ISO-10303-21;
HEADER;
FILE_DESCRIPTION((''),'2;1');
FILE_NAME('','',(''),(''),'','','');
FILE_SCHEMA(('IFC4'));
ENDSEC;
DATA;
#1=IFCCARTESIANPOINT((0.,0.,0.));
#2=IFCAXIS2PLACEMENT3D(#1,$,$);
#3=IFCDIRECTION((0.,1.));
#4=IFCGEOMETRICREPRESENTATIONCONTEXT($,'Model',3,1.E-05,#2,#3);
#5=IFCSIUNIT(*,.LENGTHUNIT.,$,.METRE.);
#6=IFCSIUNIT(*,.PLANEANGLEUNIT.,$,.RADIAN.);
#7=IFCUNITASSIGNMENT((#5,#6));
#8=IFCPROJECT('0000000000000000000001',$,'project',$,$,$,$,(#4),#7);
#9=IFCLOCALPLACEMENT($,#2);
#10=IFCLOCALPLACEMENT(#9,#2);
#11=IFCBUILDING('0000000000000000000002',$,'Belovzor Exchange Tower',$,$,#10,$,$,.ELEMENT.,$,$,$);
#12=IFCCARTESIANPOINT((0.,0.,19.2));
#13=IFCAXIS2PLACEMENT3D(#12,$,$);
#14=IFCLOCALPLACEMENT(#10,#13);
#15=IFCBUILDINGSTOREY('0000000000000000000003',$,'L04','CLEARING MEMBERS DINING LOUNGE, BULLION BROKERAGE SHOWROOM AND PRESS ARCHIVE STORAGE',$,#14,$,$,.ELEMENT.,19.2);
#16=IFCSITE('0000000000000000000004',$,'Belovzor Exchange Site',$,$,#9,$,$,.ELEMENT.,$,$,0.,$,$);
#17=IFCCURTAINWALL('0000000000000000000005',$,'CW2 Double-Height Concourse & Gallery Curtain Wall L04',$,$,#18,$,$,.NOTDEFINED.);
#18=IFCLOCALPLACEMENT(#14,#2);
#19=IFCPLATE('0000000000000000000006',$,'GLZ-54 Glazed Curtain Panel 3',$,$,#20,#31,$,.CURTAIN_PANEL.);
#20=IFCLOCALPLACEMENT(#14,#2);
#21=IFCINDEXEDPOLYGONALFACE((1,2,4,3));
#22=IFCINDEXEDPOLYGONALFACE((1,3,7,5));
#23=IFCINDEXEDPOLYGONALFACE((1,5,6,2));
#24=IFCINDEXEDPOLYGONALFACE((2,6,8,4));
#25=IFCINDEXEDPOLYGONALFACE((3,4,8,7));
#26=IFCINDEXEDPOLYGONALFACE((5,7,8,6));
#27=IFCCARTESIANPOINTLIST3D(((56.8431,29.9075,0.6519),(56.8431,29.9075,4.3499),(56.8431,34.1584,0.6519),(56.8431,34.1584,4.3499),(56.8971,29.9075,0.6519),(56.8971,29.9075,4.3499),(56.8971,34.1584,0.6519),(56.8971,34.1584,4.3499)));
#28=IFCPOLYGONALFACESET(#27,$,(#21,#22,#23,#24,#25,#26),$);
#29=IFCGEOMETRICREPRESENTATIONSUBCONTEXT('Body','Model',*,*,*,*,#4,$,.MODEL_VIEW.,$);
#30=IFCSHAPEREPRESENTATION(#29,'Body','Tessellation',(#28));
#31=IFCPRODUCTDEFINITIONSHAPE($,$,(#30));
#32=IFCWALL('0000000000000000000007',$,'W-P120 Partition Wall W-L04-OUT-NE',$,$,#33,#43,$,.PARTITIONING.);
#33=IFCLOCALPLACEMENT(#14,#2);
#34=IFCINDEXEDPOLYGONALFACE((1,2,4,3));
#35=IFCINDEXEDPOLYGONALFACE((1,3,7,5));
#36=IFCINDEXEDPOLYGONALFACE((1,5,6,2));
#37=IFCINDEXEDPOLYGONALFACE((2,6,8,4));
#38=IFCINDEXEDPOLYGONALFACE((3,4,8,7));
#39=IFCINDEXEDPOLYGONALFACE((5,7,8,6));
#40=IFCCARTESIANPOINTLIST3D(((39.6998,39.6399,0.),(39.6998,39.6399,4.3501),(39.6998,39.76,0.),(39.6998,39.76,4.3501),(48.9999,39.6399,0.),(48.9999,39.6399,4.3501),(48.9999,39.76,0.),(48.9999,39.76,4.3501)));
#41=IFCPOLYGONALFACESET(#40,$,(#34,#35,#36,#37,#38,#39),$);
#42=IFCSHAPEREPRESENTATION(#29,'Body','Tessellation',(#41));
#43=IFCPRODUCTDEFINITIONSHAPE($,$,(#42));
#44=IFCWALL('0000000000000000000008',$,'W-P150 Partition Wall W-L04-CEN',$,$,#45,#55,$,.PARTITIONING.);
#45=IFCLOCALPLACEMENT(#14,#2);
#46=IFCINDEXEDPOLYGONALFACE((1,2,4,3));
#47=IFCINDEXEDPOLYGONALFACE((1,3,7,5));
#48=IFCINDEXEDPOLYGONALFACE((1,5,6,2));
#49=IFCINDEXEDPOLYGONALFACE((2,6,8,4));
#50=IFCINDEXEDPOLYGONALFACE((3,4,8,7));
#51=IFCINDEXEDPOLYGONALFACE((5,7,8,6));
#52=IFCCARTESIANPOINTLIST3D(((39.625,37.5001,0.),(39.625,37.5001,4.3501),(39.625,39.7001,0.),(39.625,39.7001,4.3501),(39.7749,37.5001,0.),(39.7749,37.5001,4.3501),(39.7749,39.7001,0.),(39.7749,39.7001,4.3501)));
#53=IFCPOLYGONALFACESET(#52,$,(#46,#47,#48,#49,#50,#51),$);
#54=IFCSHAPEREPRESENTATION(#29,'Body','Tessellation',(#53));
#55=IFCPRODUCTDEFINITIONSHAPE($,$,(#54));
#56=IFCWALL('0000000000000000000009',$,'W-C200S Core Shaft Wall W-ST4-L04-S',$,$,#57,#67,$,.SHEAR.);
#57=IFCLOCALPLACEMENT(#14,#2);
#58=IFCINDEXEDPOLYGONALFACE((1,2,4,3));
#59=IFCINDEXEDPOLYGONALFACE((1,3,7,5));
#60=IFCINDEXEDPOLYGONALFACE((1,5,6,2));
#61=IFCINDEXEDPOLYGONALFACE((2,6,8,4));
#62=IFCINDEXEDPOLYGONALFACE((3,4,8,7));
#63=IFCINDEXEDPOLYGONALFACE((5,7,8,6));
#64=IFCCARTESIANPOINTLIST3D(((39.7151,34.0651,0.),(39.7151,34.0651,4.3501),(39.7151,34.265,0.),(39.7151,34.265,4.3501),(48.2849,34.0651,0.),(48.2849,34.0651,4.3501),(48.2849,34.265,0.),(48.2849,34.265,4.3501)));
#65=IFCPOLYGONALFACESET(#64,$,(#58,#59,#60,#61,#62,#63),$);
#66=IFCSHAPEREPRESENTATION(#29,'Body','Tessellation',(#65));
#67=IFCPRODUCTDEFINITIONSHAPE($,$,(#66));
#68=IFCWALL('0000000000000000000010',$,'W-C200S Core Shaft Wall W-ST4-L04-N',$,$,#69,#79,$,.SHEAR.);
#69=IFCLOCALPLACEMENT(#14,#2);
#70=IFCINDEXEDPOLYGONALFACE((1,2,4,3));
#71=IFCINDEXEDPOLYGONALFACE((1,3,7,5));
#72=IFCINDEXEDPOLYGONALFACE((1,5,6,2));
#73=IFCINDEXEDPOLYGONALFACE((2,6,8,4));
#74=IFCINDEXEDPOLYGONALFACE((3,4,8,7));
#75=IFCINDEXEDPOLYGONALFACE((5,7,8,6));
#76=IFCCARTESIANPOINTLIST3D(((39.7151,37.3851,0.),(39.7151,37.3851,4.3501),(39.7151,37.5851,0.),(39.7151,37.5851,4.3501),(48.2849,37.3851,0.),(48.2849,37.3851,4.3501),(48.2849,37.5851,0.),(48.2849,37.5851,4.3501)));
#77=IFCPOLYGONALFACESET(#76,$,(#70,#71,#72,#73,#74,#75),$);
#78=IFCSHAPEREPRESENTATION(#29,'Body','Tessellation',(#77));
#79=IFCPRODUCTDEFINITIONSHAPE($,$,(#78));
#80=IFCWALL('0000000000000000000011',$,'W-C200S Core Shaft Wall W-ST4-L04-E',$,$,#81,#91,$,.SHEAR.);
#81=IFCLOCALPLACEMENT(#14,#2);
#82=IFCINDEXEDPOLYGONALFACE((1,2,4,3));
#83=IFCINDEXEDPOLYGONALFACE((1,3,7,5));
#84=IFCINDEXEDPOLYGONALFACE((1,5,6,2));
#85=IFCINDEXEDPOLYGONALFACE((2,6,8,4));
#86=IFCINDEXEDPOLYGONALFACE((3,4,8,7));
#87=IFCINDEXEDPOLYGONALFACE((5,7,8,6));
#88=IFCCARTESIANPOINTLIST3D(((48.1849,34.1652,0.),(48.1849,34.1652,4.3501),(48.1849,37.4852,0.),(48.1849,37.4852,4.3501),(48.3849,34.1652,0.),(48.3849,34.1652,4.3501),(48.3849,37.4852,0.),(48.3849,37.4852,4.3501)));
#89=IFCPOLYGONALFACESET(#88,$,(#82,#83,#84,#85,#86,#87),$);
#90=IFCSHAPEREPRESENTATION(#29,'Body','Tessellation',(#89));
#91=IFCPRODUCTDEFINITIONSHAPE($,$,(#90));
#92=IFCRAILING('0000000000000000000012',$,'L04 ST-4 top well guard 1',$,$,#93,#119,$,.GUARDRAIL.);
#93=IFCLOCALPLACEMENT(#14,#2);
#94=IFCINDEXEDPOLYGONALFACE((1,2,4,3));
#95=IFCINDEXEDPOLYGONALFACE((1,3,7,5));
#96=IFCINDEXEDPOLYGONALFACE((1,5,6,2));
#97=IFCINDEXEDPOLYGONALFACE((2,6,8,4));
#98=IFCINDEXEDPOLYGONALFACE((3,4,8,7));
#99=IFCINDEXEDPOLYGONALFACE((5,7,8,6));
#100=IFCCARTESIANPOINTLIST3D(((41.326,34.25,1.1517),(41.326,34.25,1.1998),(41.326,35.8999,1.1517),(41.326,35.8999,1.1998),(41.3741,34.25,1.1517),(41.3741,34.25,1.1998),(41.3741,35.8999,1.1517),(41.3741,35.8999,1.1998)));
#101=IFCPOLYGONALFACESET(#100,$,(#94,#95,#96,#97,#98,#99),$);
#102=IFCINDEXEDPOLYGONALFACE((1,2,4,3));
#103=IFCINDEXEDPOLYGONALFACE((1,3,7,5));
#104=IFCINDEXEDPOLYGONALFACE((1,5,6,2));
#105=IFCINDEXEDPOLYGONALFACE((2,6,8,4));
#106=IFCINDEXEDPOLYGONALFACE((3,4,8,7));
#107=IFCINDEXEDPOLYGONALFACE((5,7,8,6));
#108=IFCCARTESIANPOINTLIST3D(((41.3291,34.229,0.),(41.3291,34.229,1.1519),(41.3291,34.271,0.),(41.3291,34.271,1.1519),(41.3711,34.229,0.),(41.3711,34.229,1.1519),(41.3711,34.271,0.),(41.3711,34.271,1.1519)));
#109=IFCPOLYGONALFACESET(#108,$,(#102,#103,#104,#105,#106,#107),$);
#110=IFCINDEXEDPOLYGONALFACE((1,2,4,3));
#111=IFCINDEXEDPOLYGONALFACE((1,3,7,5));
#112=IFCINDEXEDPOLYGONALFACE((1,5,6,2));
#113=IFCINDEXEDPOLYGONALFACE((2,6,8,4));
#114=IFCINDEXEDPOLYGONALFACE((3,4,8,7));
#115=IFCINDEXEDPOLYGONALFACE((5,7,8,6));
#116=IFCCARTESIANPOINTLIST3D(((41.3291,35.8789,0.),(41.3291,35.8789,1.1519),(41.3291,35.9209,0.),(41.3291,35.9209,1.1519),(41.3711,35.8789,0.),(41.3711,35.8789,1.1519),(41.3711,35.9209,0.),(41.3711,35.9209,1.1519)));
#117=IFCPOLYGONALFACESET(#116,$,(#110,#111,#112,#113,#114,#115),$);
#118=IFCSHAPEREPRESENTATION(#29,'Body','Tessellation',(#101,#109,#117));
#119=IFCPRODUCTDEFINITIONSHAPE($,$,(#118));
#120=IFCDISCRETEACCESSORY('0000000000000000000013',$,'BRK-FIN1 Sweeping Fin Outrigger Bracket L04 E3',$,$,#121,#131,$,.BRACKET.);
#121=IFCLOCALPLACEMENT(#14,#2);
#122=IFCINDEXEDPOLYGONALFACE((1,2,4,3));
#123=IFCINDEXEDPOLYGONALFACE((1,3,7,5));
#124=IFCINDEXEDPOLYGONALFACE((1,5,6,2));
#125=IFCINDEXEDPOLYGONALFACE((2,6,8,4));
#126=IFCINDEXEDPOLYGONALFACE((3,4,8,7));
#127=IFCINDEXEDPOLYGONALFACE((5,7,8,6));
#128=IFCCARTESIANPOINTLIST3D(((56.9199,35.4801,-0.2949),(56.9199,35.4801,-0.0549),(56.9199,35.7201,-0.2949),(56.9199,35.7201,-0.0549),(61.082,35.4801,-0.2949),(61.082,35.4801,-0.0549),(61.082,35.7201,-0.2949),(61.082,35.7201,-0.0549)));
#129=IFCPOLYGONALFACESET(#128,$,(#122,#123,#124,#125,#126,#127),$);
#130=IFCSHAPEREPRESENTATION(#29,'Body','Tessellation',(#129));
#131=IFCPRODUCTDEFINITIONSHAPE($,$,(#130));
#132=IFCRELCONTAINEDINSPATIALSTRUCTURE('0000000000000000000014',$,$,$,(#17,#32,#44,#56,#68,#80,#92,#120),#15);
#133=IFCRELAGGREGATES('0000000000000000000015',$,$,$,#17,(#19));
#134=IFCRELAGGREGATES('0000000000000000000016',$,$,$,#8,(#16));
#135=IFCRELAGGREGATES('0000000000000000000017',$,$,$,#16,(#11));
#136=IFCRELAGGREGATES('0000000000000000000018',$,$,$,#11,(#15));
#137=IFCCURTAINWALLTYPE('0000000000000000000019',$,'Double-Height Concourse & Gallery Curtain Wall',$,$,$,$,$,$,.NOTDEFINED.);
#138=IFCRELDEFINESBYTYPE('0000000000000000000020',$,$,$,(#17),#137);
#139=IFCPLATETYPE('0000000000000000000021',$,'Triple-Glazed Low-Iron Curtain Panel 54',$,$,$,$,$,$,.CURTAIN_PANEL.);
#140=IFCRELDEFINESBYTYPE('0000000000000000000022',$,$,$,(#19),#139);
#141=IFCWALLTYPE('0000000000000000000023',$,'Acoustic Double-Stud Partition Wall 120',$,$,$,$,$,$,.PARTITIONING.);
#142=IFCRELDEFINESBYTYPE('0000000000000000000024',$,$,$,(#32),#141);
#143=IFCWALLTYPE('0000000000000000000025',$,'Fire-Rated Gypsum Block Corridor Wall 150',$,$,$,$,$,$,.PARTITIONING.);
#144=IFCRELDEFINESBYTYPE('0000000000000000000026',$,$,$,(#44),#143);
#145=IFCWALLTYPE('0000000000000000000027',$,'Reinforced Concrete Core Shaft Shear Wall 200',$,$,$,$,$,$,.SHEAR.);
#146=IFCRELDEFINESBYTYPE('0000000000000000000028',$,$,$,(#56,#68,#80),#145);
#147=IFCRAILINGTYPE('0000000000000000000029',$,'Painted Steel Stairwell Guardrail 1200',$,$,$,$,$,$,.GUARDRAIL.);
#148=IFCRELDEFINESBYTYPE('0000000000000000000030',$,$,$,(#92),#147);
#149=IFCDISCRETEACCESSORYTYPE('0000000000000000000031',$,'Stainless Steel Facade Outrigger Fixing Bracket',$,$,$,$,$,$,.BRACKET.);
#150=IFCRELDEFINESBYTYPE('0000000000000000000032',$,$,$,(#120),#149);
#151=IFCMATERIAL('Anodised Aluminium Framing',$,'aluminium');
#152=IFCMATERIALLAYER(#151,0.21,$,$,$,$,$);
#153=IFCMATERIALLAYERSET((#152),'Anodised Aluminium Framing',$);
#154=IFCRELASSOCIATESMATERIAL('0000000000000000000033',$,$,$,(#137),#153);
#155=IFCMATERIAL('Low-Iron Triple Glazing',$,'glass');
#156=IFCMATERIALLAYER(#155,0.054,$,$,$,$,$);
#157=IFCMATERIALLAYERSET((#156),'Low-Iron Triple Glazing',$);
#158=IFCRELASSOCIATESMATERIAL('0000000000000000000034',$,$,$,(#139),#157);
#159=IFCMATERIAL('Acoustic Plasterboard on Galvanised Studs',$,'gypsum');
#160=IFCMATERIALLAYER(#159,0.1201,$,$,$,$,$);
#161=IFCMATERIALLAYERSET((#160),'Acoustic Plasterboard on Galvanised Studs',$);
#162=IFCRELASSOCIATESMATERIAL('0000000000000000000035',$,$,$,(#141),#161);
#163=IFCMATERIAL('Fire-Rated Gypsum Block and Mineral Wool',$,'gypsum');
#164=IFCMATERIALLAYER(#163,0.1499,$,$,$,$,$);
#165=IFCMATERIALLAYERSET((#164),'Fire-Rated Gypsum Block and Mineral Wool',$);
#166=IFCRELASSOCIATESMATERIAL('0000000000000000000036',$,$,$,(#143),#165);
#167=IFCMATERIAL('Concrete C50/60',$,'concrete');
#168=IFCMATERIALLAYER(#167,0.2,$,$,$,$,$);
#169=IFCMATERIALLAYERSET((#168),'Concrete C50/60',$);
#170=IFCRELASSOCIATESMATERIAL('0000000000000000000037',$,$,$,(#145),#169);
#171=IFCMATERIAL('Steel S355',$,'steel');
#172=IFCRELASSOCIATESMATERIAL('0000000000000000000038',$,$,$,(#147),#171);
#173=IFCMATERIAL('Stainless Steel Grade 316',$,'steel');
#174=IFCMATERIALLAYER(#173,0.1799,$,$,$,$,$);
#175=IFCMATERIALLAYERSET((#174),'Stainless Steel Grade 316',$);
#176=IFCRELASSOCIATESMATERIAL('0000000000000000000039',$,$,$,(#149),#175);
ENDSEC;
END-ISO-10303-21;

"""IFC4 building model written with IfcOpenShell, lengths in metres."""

from ifc_helpers import new_model, si_unit, direction, frame, frame_2d, origin, origin_2d, place, context, subcontext, project, spatial, rectangle, extrude, material, layer, layer_set, type_object, element, aggregate, save


model = new_model("IFC4")

# Units and contexts
model_context = context("Model", 3, precision=1e-05, world=origin(), true_north=direction((0.0, 1.0)))
body_context = subcontext(model_context, "Body", "Model", "MODEL_VIEW")
ifc_project = project(units=[si_unit("LENGTHUNIT", "METRE"), si_unit("PLANEANGLEUNIT", "RADIAN")], contexts=[model_context])

# Site, building, storey
site_placement = place(None, origin())
site = spatial("IfcSite", under=ifc_project, at=site_placement, Name="Belovzor Exchange Site", CompositionType="ELEMENT", RefElevation=0.0)
building_placement = place(site_placement, origin())
building = spatial("IfcBuilding", under=site, at=building_placement, Name="Belovzor Exchange Tower", CompositionType="ELEMENT")
storey_placement = place(building_placement, frame((0.0, 0.0, 19.2)))
storey = spatial("IfcBuildingStorey", under=building, at=storey_placement, Name="L04", Description="CLEARING MEMBERS DINING LOUNGE, BULLION BROKERAGE SHOWROOM AND PRESS ARCHIVE STORAGE", CompositionType="ELEMENT", Elevation=19.2)

# Curtain wall
ifc_material_1 = material(Name="Anodised Aluminium Framing", Category="aluminium")
ifc_layer_1 = layer(ifc_material_1, 0.21)
ifc_layer_set_1 = layer_set([ifc_layer_1], Name="Anodised Aluminium Framing")
curtain_wall_type = type_object("IfcCurtainWallType", Name="Double-Height Concourse & Gallery Curtain Wall", PredefinedType="NOTDEFINED", material=ifc_layer_set_1)
curtain_wall_placement = place(storey_placement, origin())
curtain_wall = element("IfcCurtainWall", 1, at=curtain_wall_placement, inside=storey, type_object=curtain_wall_type, Name="CW2 Double-Height Concourse & Gallery Curtain Wall L04", PredefinedType="NOTDEFINED")

# Plate
ifc_material_2 = material(Name="Low-Iron Triple Glazing", Category="glass")
ifc_layer_2 = layer(ifc_material_2, 0.054)
ifc_layer_set_2 = layer_set([ifc_layer_2], Name="Low-Iron Triple Glazing")
plate_type_1 = type_object("IfcPlateType", Name="Triple-Glazed Low-Iron Curtain Panel 54", PredefinedType="CURTAIN_PANEL", material=ifc_layer_set_2)
plate_1_placement = place(storey_placement, frame((56.8701, 32.033, 0.6519), z_axis=(0.0, 0.0, 1.0), x_axis=(0.0, -1.0, 0.0)))
plate_1 = element("IfcPlate", 2, at=plate_1_placement, type_object=plate_type_1, Name="GLZ-54 Glazed Curtain Panel 3", PredefinedType="CURTAIN_PANEL", context=body_context, shape_type="SweptSolid", body=[
    extrude(rectangle(XDim=4.251, YDim=0.054, at=origin_2d()), origin(), (0.0, 0.0, 1.0), 3.698),
])
aggregate(curtain_wall, [plate_1])

# Walls
ifc_material_3 = material(Name="Acoustic Plasterboard on Galvanised Studs", Category="gypsum")
ifc_layer_3 = layer(ifc_material_3, 0.1201)
ifc_layer_set_3 = layer_set([ifc_layer_3], Name="Acoustic Plasterboard on Galvanised Studs")
wall_type_1 = type_object("IfcWallType", Name="Acoustic Double-Stud Partition Wall 120", PredefinedType="PARTITIONING", material=ifc_layer_set_3)
wall_1_placement = place(storey_placement, frame((39.7, 39.7, 0.0), z_axis=(0.0, 0.0, 1.0), x_axis=(1.0, 0.0, 0.0)))
element("IfcWall", 3, at=wall_1_placement, inside=storey, type_object=wall_type_1, Name="W-P120 Partition Wall W-L04-OUT-NE", PredefinedType="PARTITIONING", context=body_context, shape_type="SweptSolid", body=[
    extrude(rectangle(XDim=9.3, YDim=0.1201, at=frame_2d((4.6499, 0.0))), origin(), (0.0, 0.0, 1.0), 4.3501),
])
ifc_material_4 = material(Name="Fire-Rated Gypsum Block and Mineral Wool", Category="gypsum")
ifc_layer_4 = layer(ifc_material_4, 0.1499)
ifc_layer_set_4 = layer_set([ifc_layer_4], Name="Fire-Rated Gypsum Block and Mineral Wool")
wall_type_2 = type_object("IfcWallType", Name="Fire-Rated Gypsum Block Corridor Wall 150", PredefinedType="PARTITIONING", material=ifc_layer_set_4)
wall_2_placement = place(storey_placement, frame((39.7, 37.5, 0.0), z_axis=(0.0, 0.0, 1.0), x_axis=(0.0, 1.0, 0.0)))
element("IfcWall", 4, at=wall_2_placement, inside=storey, type_object=wall_type_2, Name="W-P150 Partition Wall W-L04-CEN", PredefinedType="PARTITIONING", context=body_context, shape_type="SweptSolid", body=[
    extrude(rectangle(XDim=2.2, YDim=0.1499, at=frame_2d((1.1001, 0.0))), origin(), (0.0, 0.0, 1.0), 4.3501),
])
ifc_material_5 = material(Name="Concrete C50/60", Category="concrete")
ifc_layer_5 = layer(ifc_material_5, 0.2)
ifc_layer_set_5 = layer_set([ifc_layer_5], Name="Concrete C50/60")
wall_type_3 = type_object("IfcWallType", Name="Reinforced Concrete Core Shaft Shear Wall 200", PredefinedType="SHEAR", material=ifc_layer_set_5)
for number, where, z_axis, x_axis, name in (
    (5, (39.7151, 34.165, 0.0), (0.0, 0.0, 1.0), (1.0, 0.0, 0.0), "W-C200S Core Shaft Wall W-ST4-L04-S"),
    (6, (39.7151, 37.4851, 0.0), (0.0, 0.0, 1.0), (1.0, 0.0, 0.0), "W-C200S Core Shaft Wall W-ST4-L04-N"),
):
    element("IfcWall", number, at=place(storey_placement, frame(where, z_axis=z_axis, x_axis=x_axis)), inside=storey, type_object=wall_type_3, Name=name, PredefinedType="SHEAR", context=body_context, shape_type="SweptSolid", body=[
        extrude(rectangle(XDim=8.5698, YDim=0.2, at=frame_2d((4.2849, 0.0))), origin(), (0.0, 0.0, 1.0), 4.3501),
    ])
wall_3_placement = place(storey_placement, frame((48.2849, 34.165, 0.0), z_axis=(0.0, 0.0, 1.0), x_axis=(0.0, 1.0, 0.0)))
element("IfcWall", 7, at=wall_3_placement, inside=storey, type_object=wall_type_3, Name="W-C200S Core Shaft Wall W-ST4-L04-E", PredefinedType="SHEAR", context=body_context, shape_type="SweptSolid", body=[
    extrude(rectangle(XDim=3.3201, YDim=0.2, at=frame_2d((1.6602, 0.0))), origin(), (0.0, 0.0, 1.0), 4.3501),
])

# Railing
ifc_material_6 = material(Name="Steel S355", Category="steel")
railing_type = type_object("IfcRailingType", Name="Painted Steel Stairwell Guardrail 1200", PredefinedType="GUARDRAIL", material=ifc_material_6)
railing_placement = place(storey_placement, frame((41.3501, 34.25, 0.0)))
element("IfcRailing", 8, at=railing_placement, inside=storey, type_object=railing_type, Name="L04 ST-4 top well guard 1", PredefinedType="GUARDRAIL", context=body_context, shape_type="SweptSolid", body=[
    extrude(rectangle(XDim=0.0481, YDim=0.0481, at=origin_2d()), frame((0.0, 0.0, 1.1758), z_axis=(0.0, 1.0, 0.0), x_axis=(-1.0, 0.0, 0.0)), (0.0, 0.0, 1.0), 1.6499),
    extrude(rectangle(XDim=0.042, YDim=0.042, at=origin_2d()), origin(), (0.0, 0.0, 1.0), 1.1519),
    extrude(rectangle(XDim=0.042, YDim=0.042, at=origin_2d()), frame((0.0, 1.6499, 0.0)), (0.0, 0.0, 1.0), 1.1519),
])

# Discrete accessory
ifc_material_7 = material(Name="Stainless Steel Grade 316", Category="steel")
ifc_layer_6 = layer(ifc_material_7, 0.1799)
ifc_layer_set_6 = layer_set([ifc_layer_6], Name="Stainless Steel Grade 316")
discrete_accessory_type = type_object("IfcDiscreteAccessoryType", Name="Stainless Steel Facade Outrigger Fixing Bracket", PredefinedType="BRACKET", material=ifc_layer_set_6)
discrete_accessory_placement = place(storey_placement, frame((59.001, 35.6001, -0.2949), z_axis=(0.0, 0.0, 1.0), x_axis=(1.0, 0.0, 0.0)))
element("IfcDiscreteAccessory", 9, at=discrete_accessory_placement, inside=storey, type_object=discrete_accessory_type, Name="BRK-FIN1 Sweeping Fin Outrigger Bracket L04 E3", PredefinedType="BRACKET", context=body_context, shape_type="SweptSolid", body=[
    extrude(rectangle(XDim=4.1621, YDim=0.24, at=origin_2d()), origin(), (0.0, 0.0, 1.0), 0.24),
])

save(model, "model.ifc")
